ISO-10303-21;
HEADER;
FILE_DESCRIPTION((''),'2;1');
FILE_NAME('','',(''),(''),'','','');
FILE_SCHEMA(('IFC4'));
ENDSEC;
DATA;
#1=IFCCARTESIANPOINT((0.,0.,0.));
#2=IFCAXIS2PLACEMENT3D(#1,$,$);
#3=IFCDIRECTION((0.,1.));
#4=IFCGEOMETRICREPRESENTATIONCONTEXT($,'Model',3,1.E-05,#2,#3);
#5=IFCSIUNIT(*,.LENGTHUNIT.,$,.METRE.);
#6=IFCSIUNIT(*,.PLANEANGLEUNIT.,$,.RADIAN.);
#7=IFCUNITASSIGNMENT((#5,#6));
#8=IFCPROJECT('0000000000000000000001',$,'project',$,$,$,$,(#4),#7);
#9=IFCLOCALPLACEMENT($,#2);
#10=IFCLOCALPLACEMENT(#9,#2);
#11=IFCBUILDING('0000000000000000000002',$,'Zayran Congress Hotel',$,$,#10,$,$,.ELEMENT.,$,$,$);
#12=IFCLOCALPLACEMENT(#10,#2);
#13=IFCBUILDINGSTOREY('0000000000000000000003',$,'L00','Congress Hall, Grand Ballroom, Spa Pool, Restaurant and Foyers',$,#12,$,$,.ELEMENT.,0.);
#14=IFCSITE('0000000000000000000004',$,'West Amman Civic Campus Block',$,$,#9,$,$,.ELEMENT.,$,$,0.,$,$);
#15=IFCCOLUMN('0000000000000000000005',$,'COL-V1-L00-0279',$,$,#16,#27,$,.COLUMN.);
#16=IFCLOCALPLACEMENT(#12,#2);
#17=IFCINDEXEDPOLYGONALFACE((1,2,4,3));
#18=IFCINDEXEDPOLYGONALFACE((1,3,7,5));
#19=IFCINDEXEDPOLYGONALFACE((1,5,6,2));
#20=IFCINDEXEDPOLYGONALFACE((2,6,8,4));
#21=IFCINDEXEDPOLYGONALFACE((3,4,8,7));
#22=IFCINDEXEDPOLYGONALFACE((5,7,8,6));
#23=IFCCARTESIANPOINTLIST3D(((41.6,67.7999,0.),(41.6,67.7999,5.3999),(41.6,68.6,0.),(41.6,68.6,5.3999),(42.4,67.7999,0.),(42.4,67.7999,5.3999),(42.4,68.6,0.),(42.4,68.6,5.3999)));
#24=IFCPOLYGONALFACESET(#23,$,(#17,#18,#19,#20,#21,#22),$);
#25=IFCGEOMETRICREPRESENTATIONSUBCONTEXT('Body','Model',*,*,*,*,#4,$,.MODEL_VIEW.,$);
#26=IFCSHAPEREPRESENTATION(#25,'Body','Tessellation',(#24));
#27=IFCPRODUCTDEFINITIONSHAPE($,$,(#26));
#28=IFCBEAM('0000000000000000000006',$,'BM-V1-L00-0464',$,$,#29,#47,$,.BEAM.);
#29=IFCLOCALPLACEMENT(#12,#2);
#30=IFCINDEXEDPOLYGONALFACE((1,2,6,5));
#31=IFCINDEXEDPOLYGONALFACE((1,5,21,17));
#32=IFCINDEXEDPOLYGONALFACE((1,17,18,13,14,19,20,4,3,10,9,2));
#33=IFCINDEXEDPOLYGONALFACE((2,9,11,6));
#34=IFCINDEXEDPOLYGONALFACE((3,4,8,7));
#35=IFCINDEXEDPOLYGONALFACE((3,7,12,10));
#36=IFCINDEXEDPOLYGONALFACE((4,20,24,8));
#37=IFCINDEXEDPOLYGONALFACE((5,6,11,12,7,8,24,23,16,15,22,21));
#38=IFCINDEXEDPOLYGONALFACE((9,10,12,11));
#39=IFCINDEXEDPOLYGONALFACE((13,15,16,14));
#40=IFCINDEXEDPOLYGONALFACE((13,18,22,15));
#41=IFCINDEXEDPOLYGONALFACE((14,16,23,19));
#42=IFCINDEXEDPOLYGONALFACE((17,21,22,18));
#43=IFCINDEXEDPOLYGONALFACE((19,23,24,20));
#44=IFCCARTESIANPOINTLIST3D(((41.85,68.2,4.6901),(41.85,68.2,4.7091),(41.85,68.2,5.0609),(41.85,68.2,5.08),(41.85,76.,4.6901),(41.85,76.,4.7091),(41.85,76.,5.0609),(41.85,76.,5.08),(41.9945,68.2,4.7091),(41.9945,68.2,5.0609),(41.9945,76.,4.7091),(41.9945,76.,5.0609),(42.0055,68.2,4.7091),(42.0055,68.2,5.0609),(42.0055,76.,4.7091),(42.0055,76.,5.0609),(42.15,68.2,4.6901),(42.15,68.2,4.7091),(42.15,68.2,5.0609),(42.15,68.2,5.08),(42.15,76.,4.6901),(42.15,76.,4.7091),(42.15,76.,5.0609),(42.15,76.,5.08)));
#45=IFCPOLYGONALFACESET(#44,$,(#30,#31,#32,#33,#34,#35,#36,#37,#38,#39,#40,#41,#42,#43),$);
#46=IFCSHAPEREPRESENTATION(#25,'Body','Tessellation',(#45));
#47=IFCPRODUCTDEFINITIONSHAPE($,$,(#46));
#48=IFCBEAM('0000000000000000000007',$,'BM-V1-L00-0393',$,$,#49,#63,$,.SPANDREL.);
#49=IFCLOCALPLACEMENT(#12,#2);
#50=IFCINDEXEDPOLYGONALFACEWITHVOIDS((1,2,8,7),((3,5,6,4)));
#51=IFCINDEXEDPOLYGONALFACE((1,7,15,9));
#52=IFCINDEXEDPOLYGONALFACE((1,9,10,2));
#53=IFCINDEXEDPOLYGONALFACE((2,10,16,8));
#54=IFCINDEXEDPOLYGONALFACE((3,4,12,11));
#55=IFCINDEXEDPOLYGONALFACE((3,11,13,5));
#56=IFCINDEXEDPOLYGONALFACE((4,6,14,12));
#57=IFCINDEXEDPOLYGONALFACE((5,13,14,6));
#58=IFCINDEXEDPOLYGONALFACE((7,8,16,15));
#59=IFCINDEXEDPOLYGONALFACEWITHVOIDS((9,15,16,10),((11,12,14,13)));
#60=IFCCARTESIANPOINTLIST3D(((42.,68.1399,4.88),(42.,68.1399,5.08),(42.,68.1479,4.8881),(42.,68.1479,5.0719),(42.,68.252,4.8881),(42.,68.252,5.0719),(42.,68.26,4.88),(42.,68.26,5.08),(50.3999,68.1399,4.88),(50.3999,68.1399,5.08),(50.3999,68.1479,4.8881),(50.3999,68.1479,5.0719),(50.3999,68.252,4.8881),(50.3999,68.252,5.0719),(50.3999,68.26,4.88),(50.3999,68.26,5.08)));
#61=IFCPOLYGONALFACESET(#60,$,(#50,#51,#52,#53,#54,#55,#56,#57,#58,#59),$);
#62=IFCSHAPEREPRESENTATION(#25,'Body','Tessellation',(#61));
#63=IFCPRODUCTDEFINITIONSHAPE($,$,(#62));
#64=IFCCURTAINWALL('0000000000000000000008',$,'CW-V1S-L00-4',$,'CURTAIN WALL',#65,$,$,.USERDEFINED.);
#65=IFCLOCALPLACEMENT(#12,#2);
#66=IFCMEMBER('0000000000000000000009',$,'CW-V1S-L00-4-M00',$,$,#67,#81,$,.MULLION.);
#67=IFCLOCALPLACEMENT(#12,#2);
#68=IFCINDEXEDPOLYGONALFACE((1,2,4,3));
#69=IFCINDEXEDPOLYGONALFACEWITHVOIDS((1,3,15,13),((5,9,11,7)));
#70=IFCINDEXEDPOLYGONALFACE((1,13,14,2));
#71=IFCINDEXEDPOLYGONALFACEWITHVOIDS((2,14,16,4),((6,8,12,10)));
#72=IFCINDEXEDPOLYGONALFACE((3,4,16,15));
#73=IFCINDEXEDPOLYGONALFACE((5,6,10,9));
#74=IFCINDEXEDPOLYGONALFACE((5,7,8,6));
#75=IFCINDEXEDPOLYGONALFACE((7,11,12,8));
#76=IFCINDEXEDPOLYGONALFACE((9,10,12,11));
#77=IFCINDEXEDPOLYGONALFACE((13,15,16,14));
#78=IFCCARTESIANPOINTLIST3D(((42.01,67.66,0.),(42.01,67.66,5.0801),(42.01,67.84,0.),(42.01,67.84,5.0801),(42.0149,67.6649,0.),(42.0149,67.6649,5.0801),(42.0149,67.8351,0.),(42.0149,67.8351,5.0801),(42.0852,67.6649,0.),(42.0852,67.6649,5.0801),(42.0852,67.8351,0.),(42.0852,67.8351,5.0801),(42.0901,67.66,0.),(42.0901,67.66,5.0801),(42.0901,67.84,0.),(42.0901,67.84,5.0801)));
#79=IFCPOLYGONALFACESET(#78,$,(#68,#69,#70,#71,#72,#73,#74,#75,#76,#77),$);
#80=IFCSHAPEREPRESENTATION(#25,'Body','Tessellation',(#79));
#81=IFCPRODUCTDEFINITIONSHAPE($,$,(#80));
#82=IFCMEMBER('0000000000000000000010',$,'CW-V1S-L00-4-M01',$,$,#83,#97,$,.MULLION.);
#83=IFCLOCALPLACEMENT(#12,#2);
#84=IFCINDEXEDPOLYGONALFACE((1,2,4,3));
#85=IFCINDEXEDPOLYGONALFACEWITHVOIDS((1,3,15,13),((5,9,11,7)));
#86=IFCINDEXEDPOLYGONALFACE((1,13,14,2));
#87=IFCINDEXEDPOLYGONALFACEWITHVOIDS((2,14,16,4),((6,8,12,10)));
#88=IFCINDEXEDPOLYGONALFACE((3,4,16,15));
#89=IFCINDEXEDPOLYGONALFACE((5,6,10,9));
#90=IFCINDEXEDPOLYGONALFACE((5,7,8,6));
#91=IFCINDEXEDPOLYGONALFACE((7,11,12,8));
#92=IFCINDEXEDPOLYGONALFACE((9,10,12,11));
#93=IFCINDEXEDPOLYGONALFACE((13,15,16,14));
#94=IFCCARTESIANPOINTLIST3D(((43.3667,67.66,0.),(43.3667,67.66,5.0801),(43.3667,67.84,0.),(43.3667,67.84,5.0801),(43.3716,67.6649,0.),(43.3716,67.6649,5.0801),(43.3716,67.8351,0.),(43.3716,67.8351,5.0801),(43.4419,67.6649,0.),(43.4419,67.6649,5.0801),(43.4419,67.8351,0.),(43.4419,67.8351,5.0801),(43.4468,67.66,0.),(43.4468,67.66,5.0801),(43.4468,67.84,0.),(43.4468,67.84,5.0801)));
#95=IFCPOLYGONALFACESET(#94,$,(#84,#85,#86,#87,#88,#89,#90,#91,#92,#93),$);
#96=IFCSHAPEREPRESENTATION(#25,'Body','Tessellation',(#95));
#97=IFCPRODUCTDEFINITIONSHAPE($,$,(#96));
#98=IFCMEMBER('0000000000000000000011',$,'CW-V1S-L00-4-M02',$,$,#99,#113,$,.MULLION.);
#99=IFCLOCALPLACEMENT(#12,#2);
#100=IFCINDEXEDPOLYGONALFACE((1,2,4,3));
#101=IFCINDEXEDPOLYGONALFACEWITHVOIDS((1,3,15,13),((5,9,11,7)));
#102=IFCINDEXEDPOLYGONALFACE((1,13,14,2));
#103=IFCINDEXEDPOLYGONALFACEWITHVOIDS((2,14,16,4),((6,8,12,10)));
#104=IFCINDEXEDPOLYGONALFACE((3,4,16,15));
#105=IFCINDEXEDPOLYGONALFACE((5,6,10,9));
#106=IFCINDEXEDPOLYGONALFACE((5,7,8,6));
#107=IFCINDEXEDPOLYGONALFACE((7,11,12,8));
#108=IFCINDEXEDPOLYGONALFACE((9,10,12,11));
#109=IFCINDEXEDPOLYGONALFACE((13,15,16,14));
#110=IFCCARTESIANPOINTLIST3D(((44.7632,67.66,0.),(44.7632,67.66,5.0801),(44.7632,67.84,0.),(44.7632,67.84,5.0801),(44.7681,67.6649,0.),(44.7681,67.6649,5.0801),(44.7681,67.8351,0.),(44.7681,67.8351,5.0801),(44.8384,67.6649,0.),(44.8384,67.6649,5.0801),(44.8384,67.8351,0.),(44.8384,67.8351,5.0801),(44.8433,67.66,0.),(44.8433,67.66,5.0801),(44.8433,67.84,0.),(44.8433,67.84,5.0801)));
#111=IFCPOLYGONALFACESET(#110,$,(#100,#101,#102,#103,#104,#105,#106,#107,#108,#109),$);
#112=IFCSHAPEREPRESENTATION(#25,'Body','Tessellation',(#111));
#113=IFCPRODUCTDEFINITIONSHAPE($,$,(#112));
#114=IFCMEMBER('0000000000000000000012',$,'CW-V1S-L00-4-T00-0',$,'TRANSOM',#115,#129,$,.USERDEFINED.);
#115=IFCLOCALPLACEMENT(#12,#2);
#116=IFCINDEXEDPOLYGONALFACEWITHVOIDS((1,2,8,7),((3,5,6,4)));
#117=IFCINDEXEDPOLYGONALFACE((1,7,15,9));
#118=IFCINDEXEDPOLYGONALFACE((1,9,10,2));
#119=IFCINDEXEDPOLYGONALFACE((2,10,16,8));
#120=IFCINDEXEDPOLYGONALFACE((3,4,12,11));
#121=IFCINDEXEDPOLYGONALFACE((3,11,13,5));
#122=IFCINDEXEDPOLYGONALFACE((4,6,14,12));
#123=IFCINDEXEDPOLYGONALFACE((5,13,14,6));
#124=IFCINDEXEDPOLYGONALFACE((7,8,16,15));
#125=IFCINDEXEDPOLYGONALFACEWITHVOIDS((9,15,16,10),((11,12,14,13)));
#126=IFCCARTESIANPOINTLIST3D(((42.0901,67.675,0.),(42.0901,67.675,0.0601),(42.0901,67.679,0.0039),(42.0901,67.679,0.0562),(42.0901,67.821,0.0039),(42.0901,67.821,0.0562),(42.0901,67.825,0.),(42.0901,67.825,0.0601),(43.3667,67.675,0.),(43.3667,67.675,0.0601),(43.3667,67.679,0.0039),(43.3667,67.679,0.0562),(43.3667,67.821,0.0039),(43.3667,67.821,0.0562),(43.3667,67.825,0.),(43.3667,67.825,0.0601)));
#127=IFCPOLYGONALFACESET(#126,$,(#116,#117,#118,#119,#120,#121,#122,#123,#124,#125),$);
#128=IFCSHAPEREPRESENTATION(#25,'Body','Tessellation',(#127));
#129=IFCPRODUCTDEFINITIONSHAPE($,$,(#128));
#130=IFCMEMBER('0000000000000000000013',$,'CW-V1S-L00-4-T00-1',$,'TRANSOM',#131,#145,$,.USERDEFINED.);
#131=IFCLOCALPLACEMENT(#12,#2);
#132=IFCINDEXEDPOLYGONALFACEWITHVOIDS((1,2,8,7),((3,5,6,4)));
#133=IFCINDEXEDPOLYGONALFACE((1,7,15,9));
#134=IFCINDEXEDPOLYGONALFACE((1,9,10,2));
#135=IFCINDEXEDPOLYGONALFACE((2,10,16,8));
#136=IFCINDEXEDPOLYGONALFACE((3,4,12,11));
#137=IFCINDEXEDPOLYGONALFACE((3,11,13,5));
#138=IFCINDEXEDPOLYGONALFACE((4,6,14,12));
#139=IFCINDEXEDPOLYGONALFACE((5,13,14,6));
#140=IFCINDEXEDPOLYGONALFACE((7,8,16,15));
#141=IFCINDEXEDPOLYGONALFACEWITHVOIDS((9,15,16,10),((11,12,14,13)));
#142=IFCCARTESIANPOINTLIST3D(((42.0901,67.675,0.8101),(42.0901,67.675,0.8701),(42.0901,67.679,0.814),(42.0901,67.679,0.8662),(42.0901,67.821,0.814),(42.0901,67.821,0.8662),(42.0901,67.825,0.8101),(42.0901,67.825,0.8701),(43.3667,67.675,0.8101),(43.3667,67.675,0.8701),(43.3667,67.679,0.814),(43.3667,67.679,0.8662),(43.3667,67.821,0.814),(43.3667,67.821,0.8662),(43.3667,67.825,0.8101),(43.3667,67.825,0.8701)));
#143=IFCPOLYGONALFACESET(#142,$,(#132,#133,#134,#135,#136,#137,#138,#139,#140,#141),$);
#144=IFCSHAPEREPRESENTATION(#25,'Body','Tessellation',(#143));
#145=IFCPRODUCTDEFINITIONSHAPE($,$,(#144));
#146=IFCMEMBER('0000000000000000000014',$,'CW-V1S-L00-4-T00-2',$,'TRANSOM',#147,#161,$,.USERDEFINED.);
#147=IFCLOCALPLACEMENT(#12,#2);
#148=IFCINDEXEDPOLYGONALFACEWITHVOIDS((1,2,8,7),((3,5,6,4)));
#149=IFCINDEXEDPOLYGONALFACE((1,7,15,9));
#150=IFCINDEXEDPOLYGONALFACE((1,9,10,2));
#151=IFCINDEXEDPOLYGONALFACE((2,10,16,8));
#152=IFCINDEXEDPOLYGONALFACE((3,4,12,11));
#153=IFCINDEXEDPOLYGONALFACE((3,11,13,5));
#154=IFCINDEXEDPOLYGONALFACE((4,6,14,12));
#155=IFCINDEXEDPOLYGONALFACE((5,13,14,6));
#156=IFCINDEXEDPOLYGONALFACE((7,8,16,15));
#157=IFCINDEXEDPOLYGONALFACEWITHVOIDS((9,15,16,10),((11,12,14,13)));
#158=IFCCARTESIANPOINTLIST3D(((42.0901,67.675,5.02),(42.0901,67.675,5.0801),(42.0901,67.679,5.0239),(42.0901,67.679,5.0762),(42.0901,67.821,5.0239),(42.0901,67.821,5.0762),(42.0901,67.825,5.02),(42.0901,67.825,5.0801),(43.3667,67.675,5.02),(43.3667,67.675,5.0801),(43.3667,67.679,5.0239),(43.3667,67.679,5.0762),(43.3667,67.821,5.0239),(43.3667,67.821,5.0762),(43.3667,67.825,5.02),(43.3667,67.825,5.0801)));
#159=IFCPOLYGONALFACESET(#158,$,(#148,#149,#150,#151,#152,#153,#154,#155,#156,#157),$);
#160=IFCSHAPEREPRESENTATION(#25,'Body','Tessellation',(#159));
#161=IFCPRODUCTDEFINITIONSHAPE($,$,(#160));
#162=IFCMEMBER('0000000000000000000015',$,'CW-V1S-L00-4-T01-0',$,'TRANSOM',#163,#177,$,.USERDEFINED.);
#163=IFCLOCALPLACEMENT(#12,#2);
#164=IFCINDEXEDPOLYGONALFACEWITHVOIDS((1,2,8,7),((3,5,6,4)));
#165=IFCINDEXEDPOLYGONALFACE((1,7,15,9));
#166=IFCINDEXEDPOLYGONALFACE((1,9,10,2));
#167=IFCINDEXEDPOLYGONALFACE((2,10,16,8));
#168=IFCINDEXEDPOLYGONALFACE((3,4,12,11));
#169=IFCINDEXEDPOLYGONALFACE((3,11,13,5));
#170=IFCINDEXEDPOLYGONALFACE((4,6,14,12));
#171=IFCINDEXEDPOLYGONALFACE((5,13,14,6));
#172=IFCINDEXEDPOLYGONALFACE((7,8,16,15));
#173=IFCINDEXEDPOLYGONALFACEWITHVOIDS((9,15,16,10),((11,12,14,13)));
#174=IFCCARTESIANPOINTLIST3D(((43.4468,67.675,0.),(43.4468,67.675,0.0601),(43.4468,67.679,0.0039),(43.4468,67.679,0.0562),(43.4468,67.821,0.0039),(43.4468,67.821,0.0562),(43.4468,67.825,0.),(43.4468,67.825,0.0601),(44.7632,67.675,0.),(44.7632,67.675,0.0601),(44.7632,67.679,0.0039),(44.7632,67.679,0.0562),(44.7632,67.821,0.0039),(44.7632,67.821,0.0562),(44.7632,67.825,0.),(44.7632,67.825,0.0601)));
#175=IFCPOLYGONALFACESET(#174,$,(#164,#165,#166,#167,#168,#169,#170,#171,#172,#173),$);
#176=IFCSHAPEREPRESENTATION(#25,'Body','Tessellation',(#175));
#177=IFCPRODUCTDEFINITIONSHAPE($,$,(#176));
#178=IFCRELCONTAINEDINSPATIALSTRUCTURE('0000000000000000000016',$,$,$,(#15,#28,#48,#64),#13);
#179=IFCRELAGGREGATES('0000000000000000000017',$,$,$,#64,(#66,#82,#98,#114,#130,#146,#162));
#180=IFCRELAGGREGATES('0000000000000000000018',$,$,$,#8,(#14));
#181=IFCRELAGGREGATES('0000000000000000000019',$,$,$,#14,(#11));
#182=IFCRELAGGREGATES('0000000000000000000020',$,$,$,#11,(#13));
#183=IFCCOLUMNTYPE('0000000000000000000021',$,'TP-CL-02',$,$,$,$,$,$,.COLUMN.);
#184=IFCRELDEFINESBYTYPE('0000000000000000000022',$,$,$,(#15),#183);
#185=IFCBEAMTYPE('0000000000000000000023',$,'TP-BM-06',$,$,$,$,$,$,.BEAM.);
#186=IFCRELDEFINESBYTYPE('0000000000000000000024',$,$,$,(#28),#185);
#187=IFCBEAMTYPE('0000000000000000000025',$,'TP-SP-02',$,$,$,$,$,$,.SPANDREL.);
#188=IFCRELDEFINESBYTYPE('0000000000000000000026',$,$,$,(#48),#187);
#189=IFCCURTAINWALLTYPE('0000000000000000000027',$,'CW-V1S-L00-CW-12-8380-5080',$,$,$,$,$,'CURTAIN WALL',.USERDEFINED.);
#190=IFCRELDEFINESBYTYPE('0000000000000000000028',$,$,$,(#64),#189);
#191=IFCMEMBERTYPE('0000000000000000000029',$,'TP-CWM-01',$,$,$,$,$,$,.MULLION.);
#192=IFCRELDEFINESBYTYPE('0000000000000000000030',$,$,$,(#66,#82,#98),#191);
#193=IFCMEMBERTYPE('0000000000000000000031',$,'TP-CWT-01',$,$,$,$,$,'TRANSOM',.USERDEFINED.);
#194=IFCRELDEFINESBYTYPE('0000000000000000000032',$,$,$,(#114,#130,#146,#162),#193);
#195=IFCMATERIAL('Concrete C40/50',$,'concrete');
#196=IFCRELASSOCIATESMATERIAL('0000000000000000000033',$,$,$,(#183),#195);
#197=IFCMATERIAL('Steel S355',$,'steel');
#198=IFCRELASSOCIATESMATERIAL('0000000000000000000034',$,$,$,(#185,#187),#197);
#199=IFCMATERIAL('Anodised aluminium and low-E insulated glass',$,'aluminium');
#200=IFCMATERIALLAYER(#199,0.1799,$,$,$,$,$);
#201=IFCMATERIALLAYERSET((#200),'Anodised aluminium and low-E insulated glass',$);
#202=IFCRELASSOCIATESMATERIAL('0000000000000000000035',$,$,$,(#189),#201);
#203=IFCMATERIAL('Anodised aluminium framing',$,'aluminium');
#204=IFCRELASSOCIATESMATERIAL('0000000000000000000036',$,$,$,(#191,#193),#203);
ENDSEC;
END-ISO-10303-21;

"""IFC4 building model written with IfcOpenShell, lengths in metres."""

from ifc_helpers import new_model, si_unit, direction, frame, origin, origin_2d, place, context, subcontext, project, spatial, rectangle, hollow_rectangle, i_section, extrude, material, layer, layer_set, material_profile, profile_set, type_object, element, aggregate, save


model = new_model("IFC4")

# Units and contexts
model_context = context("Model", 3, precision=1e-05, world=origin(), true_north=direction((0.0, 1.0)))
body_context = subcontext(model_context, "Body", "Model", "MODEL_VIEW")
ifc_project = project(units=[si_unit("LENGTHUNIT", "METRE"), si_unit("PLANEANGLEUNIT", "RADIAN")], contexts=[model_context])

# Site, building, storey
site_placement = place(None, origin())
site = spatial("IfcSite", under=ifc_project, at=site_placement, Name="West Amman Civic Campus Block", CompositionType="ELEMENT", RefElevation=0.0)
building_placement = place(site_placement, origin())
building = spatial("IfcBuilding", under=site, at=building_placement, Name="Zayran Congress Hotel", CompositionType="ELEMENT")
storey_placement = place(building_placement, origin())
storey = spatial("IfcBuildingStorey", under=building, at=storey_placement, Name="L00", Description="Congress Hall, Grand Ballroom, Spa Pool, Restaurant and Foyers", CompositionType="ELEMENT", Elevation=0.0)

# Column
ifc_material_1 = material(Name="Concrete C40/50", Category="concrete")
ifc_material_profile_1 = material_profile(ifc_material_1, rectangle(XDim=0.8, YDim=0.8, at=origin_2d()), Name="RC 800x800")
ifc_profile_set_1 = profile_set([ifc_material_profile_1], Name="Concrete C40/50")
column_type = type_object("IfcColumnType", Name="TP-CL-02", PredefinedType="COLUMN", material=ifc_profile_set_1)
column_placement = place(storey_placement, frame((42.0, 68.2, 0.0), z_axis=(0.0, 0.0, 1.0), x_axis=(1.0, 0.0, 0.0)))
element("IfcColumn", 1, at=column_placement, inside=storey, type_object=column_type, Name="COL-V1-L00-0279", PredefinedType="COLUMN", context=body_context, shape_type="SweptSolid", body=[
    extrude(rectangle(XDim=0.8, YDim=0.8, at=origin_2d()), origin(), (0.0, 0.0, 1.0), 5.3999),
])

# Beams
ifc_material_2 = material(Name="Steel S355", Category="steel")
ifc_material_profile_2 = material_profile(ifc_material_2, i_section(OverallWidth=0.3, OverallDepth=0.3899, WebThickness=0.011, FlangeThickness=0.019, at=origin_2d()), Name="HEA 400")
ifc_profile_set_2 = profile_set([ifc_material_profile_2], Name="Steel S355")
beam_type_1 = type_object("IfcBeamType", Name="TP-BM-06", PredefinedType="BEAM", material=ifc_profile_set_2)
beam_1_placement = place(storey_placement, frame((42.0, 68.2, 4.885), z_axis=(0.0, 1.0, 0.0), x_axis=(-1.0, 0.0, 0.0)))
element("IfcBeam", 2, at=beam_1_placement, inside=storey, type_object=beam_type_1, Name="BM-V1-L00-0464", PredefinedType="BEAM", context=body_context, shape_type="SweptSolid", body=[
    extrude(i_section(OverallWidth=0.3, OverallDepth=0.3899, WebThickness=0.011, FlangeThickness=0.019, at=origin_2d()), origin(), (0.0, 0.0, 1.0), 7.8),
])
ifc_material_profile_3 = material_profile(ifc_material_2, hollow_rectangle(XDim=0.1201, YDim=0.2, WallThickness=0.0081, at=origin_2d()), Name="RHS 200x120x8")
ifc_profile_set_3 = profile_set([ifc_material_profile_3], Name="Steel S355")
beam_type_2 = type_object("IfcBeamType", Name="TP-SP-02", PredefinedType="SPANDREL", material=ifc_profile_set_3)
beam_2_placement = place(storey_placement, frame((42.0, 68.2, 4.98), z_axis=(1.0, 0.0, 0.0), x_axis=(0.0, 1.0, 0.0)))
element("IfcBeam", 3, at=beam_2_placement, inside=storey, type_object=beam_type_2, Name="BM-V1-L00-0393", PredefinedType="SPANDREL", context=body_context, shape_type="SweptSolid", body=[
    extrude(hollow_rectangle(XDim=0.1201, YDim=0.2, WallThickness=0.0081, at=origin_2d()), origin(), (0.0, 0.0, 1.0), 8.3999),
])

# Curtain wall, members
ifc_material_3 = material(Name="Anodised aluminium and low-E insulated glass", Category="aluminium")
ifc_layer_1 = layer(ifc_material_3, 0.1799)
ifc_layer_set_1 = layer_set([ifc_layer_1], Name="Anodised aluminium and low-E insulated glass")
curtain_wall_type = type_object("IfcCurtainWallType", Name="CW-V1S-L00-CW-12-8380-5080", ElementType="CURTAIN WALL", PredefinedType="USERDEFINED", material=ifc_layer_set_1)
curtain_wall_placement = place(storey_placement, origin())
curtain_wall = element("IfcCurtainWall", 4, at=curtain_wall_placement, inside=storey, type_object=curtain_wall_type, Name="CW-V1S-L00-4", ObjectType="CURTAIN WALL", PredefinedType="USERDEFINED")
ifc_material_4 = material(Name="Anodised aluminium framing", Category="aluminium")
ifc_material_profile_4 = material_profile(ifc_material_4, hollow_rectangle(XDim=0.0801, YDim=0.1799, WallThickness=0.0049, at=origin_2d()), Name="RHS 180x80x5")
ifc_profile_set_4 = profile_set([ifc_material_profile_4], Name="Anodised aluminium framing")
member_type_1 = type_object("IfcMemberType", Name="TP-CWM-01", PredefinedType="MULLION", material=ifc_profile_set_4)
member_1_placement = place(storey_placement, frame((42.05, 67.75, 0.0), z_axis=(0.0, 0.0, 1.0), x_axis=(1.0, 0.0, 0.0)))
member_1 = element("IfcMember", 5, at=member_1_placement, type_object=member_type_1, Name="CW-V1S-L00-4-M00", PredefinedType="MULLION", context=body_context, shape_type="SweptSolid", body=[
    extrude(hollow_rectangle(XDim=0.0801, YDim=0.1799, WallThickness=0.0049, at=origin_2d()), origin(), (0.0, 0.0, 1.0), 5.0801),
])
member_2_placement = place(storey_placement, frame((43.4067, 67.75, 0.0), z_axis=(0.0, 0.0, 1.0), x_axis=(1.0, 0.0, 0.0)))
member_2 = element("IfcMember", 6, at=member_2_placement, type_object=member_type_1, Name="CW-V1S-L00-4-M01", PredefinedType="MULLION", context=body_context, shape_type="SweptSolid", body=[
    extrude(hollow_rectangle(XDim=0.0801, YDim=0.1799, WallThickness=0.0049, at=origin_2d()), origin(), (0.0, 0.0, 1.0), 5.0801),
])
member_3_placement = place(storey_placement, frame((44.8032, 67.75, 0.0), z_axis=(0.0, 0.0, 1.0), x_axis=(1.0, 0.0, 0.0)))
member_3 = element("IfcMember", 7, at=member_3_placement, type_object=member_type_1, Name="CW-V1S-L00-4-M02", PredefinedType="MULLION", context=body_context, shape_type="SweptSolid", body=[
    extrude(hollow_rectangle(XDim=0.0801, YDim=0.1799, WallThickness=0.0049, at=origin_2d()), origin(), (0.0, 0.0, 1.0), 5.0801),
])
ifc_material_profile_5 = material_profile(ifc_material_4, hollow_rectangle(XDim=0.0601, YDim=0.1499, WallThickness=0.0039, at=origin_2d()), Name="RHS 150x60x4")
ifc_profile_set_5 = profile_set([ifc_material_profile_5], Name="Anodised aluminium framing")
member_type_2 = type_object("IfcMemberType", Name="TP-CWT-01", ElementType="TRANSOM", PredefinedType="USERDEFINED", material=ifc_profile_set_5)
member_4_placement = place(storey_placement, frame((42.0901, 67.75, 0.03), z_axis=(1.0, 0.0, 0.0), x_axis=(0.0, 0.0, 1.0)))
member_4 = element("IfcMember", 8, at=member_4_placement, type_object=member_type_2, Name="CW-V1S-L00-4-T00-0", ObjectType="TRANSOM", PredefinedType="USERDEFINED", context=body_context, shape_type="SweptSolid", body=[
    extrude(hollow_rectangle(XDim=0.0601, YDim=0.1499, WallThickness=0.0039, at=origin_2d()), origin(), (0.0, 0.0, 1.0), 1.2766),
])
member_5_placement = place(storey_placement, frame((42.0901, 67.75, 0.8401), z_axis=(1.0, 0.0, 0.0), x_axis=(0.0, 0.0, 1.0)))
member_5 = element("IfcMember", 9, at=member_5_placement, type_object=member_type_2, Name="CW-V1S-L00-4-T00-1", ObjectType="TRANSOM", PredefinedType="USERDEFINED", context=body_context, shape_type="SweptSolid", body=[
    extrude(hollow_rectangle(XDim=0.0601, YDim=0.1499, WallThickness=0.0039, at=origin_2d()), origin(), (0.0, 0.0, 1.0), 1.2766),
])
member_6_placement = place(storey_placement, frame((42.0901, 67.75, 5.05), z_axis=(1.0, 0.0, 0.0), x_axis=(0.0, 0.0, 1.0)))
member_6 = element("IfcMember", 10, at=member_6_placement, type_object=member_type_2, Name="CW-V1S-L00-4-T00-2", ObjectType="TRANSOM", PredefinedType="USERDEFINED", context=body_context, shape_type="SweptSolid", body=[
    extrude(hollow_rectangle(XDim=0.0601, YDim=0.1499, WallThickness=0.0039, at=origin_2d()), origin(), (0.0, 0.0, 1.0), 1.2766),
])
member_7_placement = place(storey_placement, frame((43.4468, 67.75, 0.03), z_axis=(1.0, 0.0, 0.0), x_axis=(0.0, 0.0, 1.0)))
member_7 = element("IfcMember", 11, at=member_7_placement, type_object=member_type_2, Name="CW-V1S-L00-4-T01-0", ObjectType="TRANSOM", PredefinedType="USERDEFINED", context=body_context, shape_type="SweptSolid", body=[
    extrude(hollow_rectangle(XDim=0.0601, YDim=0.1499, WallThickness=0.0039, at=origin_2d()), origin(), (0.0, 0.0, 1.0), 1.3164),
])
aggregate(curtain_wall, [member_1, member_2, member_3, member_4, member_5, member_6, member_7])

save(model, "model.ifc")
